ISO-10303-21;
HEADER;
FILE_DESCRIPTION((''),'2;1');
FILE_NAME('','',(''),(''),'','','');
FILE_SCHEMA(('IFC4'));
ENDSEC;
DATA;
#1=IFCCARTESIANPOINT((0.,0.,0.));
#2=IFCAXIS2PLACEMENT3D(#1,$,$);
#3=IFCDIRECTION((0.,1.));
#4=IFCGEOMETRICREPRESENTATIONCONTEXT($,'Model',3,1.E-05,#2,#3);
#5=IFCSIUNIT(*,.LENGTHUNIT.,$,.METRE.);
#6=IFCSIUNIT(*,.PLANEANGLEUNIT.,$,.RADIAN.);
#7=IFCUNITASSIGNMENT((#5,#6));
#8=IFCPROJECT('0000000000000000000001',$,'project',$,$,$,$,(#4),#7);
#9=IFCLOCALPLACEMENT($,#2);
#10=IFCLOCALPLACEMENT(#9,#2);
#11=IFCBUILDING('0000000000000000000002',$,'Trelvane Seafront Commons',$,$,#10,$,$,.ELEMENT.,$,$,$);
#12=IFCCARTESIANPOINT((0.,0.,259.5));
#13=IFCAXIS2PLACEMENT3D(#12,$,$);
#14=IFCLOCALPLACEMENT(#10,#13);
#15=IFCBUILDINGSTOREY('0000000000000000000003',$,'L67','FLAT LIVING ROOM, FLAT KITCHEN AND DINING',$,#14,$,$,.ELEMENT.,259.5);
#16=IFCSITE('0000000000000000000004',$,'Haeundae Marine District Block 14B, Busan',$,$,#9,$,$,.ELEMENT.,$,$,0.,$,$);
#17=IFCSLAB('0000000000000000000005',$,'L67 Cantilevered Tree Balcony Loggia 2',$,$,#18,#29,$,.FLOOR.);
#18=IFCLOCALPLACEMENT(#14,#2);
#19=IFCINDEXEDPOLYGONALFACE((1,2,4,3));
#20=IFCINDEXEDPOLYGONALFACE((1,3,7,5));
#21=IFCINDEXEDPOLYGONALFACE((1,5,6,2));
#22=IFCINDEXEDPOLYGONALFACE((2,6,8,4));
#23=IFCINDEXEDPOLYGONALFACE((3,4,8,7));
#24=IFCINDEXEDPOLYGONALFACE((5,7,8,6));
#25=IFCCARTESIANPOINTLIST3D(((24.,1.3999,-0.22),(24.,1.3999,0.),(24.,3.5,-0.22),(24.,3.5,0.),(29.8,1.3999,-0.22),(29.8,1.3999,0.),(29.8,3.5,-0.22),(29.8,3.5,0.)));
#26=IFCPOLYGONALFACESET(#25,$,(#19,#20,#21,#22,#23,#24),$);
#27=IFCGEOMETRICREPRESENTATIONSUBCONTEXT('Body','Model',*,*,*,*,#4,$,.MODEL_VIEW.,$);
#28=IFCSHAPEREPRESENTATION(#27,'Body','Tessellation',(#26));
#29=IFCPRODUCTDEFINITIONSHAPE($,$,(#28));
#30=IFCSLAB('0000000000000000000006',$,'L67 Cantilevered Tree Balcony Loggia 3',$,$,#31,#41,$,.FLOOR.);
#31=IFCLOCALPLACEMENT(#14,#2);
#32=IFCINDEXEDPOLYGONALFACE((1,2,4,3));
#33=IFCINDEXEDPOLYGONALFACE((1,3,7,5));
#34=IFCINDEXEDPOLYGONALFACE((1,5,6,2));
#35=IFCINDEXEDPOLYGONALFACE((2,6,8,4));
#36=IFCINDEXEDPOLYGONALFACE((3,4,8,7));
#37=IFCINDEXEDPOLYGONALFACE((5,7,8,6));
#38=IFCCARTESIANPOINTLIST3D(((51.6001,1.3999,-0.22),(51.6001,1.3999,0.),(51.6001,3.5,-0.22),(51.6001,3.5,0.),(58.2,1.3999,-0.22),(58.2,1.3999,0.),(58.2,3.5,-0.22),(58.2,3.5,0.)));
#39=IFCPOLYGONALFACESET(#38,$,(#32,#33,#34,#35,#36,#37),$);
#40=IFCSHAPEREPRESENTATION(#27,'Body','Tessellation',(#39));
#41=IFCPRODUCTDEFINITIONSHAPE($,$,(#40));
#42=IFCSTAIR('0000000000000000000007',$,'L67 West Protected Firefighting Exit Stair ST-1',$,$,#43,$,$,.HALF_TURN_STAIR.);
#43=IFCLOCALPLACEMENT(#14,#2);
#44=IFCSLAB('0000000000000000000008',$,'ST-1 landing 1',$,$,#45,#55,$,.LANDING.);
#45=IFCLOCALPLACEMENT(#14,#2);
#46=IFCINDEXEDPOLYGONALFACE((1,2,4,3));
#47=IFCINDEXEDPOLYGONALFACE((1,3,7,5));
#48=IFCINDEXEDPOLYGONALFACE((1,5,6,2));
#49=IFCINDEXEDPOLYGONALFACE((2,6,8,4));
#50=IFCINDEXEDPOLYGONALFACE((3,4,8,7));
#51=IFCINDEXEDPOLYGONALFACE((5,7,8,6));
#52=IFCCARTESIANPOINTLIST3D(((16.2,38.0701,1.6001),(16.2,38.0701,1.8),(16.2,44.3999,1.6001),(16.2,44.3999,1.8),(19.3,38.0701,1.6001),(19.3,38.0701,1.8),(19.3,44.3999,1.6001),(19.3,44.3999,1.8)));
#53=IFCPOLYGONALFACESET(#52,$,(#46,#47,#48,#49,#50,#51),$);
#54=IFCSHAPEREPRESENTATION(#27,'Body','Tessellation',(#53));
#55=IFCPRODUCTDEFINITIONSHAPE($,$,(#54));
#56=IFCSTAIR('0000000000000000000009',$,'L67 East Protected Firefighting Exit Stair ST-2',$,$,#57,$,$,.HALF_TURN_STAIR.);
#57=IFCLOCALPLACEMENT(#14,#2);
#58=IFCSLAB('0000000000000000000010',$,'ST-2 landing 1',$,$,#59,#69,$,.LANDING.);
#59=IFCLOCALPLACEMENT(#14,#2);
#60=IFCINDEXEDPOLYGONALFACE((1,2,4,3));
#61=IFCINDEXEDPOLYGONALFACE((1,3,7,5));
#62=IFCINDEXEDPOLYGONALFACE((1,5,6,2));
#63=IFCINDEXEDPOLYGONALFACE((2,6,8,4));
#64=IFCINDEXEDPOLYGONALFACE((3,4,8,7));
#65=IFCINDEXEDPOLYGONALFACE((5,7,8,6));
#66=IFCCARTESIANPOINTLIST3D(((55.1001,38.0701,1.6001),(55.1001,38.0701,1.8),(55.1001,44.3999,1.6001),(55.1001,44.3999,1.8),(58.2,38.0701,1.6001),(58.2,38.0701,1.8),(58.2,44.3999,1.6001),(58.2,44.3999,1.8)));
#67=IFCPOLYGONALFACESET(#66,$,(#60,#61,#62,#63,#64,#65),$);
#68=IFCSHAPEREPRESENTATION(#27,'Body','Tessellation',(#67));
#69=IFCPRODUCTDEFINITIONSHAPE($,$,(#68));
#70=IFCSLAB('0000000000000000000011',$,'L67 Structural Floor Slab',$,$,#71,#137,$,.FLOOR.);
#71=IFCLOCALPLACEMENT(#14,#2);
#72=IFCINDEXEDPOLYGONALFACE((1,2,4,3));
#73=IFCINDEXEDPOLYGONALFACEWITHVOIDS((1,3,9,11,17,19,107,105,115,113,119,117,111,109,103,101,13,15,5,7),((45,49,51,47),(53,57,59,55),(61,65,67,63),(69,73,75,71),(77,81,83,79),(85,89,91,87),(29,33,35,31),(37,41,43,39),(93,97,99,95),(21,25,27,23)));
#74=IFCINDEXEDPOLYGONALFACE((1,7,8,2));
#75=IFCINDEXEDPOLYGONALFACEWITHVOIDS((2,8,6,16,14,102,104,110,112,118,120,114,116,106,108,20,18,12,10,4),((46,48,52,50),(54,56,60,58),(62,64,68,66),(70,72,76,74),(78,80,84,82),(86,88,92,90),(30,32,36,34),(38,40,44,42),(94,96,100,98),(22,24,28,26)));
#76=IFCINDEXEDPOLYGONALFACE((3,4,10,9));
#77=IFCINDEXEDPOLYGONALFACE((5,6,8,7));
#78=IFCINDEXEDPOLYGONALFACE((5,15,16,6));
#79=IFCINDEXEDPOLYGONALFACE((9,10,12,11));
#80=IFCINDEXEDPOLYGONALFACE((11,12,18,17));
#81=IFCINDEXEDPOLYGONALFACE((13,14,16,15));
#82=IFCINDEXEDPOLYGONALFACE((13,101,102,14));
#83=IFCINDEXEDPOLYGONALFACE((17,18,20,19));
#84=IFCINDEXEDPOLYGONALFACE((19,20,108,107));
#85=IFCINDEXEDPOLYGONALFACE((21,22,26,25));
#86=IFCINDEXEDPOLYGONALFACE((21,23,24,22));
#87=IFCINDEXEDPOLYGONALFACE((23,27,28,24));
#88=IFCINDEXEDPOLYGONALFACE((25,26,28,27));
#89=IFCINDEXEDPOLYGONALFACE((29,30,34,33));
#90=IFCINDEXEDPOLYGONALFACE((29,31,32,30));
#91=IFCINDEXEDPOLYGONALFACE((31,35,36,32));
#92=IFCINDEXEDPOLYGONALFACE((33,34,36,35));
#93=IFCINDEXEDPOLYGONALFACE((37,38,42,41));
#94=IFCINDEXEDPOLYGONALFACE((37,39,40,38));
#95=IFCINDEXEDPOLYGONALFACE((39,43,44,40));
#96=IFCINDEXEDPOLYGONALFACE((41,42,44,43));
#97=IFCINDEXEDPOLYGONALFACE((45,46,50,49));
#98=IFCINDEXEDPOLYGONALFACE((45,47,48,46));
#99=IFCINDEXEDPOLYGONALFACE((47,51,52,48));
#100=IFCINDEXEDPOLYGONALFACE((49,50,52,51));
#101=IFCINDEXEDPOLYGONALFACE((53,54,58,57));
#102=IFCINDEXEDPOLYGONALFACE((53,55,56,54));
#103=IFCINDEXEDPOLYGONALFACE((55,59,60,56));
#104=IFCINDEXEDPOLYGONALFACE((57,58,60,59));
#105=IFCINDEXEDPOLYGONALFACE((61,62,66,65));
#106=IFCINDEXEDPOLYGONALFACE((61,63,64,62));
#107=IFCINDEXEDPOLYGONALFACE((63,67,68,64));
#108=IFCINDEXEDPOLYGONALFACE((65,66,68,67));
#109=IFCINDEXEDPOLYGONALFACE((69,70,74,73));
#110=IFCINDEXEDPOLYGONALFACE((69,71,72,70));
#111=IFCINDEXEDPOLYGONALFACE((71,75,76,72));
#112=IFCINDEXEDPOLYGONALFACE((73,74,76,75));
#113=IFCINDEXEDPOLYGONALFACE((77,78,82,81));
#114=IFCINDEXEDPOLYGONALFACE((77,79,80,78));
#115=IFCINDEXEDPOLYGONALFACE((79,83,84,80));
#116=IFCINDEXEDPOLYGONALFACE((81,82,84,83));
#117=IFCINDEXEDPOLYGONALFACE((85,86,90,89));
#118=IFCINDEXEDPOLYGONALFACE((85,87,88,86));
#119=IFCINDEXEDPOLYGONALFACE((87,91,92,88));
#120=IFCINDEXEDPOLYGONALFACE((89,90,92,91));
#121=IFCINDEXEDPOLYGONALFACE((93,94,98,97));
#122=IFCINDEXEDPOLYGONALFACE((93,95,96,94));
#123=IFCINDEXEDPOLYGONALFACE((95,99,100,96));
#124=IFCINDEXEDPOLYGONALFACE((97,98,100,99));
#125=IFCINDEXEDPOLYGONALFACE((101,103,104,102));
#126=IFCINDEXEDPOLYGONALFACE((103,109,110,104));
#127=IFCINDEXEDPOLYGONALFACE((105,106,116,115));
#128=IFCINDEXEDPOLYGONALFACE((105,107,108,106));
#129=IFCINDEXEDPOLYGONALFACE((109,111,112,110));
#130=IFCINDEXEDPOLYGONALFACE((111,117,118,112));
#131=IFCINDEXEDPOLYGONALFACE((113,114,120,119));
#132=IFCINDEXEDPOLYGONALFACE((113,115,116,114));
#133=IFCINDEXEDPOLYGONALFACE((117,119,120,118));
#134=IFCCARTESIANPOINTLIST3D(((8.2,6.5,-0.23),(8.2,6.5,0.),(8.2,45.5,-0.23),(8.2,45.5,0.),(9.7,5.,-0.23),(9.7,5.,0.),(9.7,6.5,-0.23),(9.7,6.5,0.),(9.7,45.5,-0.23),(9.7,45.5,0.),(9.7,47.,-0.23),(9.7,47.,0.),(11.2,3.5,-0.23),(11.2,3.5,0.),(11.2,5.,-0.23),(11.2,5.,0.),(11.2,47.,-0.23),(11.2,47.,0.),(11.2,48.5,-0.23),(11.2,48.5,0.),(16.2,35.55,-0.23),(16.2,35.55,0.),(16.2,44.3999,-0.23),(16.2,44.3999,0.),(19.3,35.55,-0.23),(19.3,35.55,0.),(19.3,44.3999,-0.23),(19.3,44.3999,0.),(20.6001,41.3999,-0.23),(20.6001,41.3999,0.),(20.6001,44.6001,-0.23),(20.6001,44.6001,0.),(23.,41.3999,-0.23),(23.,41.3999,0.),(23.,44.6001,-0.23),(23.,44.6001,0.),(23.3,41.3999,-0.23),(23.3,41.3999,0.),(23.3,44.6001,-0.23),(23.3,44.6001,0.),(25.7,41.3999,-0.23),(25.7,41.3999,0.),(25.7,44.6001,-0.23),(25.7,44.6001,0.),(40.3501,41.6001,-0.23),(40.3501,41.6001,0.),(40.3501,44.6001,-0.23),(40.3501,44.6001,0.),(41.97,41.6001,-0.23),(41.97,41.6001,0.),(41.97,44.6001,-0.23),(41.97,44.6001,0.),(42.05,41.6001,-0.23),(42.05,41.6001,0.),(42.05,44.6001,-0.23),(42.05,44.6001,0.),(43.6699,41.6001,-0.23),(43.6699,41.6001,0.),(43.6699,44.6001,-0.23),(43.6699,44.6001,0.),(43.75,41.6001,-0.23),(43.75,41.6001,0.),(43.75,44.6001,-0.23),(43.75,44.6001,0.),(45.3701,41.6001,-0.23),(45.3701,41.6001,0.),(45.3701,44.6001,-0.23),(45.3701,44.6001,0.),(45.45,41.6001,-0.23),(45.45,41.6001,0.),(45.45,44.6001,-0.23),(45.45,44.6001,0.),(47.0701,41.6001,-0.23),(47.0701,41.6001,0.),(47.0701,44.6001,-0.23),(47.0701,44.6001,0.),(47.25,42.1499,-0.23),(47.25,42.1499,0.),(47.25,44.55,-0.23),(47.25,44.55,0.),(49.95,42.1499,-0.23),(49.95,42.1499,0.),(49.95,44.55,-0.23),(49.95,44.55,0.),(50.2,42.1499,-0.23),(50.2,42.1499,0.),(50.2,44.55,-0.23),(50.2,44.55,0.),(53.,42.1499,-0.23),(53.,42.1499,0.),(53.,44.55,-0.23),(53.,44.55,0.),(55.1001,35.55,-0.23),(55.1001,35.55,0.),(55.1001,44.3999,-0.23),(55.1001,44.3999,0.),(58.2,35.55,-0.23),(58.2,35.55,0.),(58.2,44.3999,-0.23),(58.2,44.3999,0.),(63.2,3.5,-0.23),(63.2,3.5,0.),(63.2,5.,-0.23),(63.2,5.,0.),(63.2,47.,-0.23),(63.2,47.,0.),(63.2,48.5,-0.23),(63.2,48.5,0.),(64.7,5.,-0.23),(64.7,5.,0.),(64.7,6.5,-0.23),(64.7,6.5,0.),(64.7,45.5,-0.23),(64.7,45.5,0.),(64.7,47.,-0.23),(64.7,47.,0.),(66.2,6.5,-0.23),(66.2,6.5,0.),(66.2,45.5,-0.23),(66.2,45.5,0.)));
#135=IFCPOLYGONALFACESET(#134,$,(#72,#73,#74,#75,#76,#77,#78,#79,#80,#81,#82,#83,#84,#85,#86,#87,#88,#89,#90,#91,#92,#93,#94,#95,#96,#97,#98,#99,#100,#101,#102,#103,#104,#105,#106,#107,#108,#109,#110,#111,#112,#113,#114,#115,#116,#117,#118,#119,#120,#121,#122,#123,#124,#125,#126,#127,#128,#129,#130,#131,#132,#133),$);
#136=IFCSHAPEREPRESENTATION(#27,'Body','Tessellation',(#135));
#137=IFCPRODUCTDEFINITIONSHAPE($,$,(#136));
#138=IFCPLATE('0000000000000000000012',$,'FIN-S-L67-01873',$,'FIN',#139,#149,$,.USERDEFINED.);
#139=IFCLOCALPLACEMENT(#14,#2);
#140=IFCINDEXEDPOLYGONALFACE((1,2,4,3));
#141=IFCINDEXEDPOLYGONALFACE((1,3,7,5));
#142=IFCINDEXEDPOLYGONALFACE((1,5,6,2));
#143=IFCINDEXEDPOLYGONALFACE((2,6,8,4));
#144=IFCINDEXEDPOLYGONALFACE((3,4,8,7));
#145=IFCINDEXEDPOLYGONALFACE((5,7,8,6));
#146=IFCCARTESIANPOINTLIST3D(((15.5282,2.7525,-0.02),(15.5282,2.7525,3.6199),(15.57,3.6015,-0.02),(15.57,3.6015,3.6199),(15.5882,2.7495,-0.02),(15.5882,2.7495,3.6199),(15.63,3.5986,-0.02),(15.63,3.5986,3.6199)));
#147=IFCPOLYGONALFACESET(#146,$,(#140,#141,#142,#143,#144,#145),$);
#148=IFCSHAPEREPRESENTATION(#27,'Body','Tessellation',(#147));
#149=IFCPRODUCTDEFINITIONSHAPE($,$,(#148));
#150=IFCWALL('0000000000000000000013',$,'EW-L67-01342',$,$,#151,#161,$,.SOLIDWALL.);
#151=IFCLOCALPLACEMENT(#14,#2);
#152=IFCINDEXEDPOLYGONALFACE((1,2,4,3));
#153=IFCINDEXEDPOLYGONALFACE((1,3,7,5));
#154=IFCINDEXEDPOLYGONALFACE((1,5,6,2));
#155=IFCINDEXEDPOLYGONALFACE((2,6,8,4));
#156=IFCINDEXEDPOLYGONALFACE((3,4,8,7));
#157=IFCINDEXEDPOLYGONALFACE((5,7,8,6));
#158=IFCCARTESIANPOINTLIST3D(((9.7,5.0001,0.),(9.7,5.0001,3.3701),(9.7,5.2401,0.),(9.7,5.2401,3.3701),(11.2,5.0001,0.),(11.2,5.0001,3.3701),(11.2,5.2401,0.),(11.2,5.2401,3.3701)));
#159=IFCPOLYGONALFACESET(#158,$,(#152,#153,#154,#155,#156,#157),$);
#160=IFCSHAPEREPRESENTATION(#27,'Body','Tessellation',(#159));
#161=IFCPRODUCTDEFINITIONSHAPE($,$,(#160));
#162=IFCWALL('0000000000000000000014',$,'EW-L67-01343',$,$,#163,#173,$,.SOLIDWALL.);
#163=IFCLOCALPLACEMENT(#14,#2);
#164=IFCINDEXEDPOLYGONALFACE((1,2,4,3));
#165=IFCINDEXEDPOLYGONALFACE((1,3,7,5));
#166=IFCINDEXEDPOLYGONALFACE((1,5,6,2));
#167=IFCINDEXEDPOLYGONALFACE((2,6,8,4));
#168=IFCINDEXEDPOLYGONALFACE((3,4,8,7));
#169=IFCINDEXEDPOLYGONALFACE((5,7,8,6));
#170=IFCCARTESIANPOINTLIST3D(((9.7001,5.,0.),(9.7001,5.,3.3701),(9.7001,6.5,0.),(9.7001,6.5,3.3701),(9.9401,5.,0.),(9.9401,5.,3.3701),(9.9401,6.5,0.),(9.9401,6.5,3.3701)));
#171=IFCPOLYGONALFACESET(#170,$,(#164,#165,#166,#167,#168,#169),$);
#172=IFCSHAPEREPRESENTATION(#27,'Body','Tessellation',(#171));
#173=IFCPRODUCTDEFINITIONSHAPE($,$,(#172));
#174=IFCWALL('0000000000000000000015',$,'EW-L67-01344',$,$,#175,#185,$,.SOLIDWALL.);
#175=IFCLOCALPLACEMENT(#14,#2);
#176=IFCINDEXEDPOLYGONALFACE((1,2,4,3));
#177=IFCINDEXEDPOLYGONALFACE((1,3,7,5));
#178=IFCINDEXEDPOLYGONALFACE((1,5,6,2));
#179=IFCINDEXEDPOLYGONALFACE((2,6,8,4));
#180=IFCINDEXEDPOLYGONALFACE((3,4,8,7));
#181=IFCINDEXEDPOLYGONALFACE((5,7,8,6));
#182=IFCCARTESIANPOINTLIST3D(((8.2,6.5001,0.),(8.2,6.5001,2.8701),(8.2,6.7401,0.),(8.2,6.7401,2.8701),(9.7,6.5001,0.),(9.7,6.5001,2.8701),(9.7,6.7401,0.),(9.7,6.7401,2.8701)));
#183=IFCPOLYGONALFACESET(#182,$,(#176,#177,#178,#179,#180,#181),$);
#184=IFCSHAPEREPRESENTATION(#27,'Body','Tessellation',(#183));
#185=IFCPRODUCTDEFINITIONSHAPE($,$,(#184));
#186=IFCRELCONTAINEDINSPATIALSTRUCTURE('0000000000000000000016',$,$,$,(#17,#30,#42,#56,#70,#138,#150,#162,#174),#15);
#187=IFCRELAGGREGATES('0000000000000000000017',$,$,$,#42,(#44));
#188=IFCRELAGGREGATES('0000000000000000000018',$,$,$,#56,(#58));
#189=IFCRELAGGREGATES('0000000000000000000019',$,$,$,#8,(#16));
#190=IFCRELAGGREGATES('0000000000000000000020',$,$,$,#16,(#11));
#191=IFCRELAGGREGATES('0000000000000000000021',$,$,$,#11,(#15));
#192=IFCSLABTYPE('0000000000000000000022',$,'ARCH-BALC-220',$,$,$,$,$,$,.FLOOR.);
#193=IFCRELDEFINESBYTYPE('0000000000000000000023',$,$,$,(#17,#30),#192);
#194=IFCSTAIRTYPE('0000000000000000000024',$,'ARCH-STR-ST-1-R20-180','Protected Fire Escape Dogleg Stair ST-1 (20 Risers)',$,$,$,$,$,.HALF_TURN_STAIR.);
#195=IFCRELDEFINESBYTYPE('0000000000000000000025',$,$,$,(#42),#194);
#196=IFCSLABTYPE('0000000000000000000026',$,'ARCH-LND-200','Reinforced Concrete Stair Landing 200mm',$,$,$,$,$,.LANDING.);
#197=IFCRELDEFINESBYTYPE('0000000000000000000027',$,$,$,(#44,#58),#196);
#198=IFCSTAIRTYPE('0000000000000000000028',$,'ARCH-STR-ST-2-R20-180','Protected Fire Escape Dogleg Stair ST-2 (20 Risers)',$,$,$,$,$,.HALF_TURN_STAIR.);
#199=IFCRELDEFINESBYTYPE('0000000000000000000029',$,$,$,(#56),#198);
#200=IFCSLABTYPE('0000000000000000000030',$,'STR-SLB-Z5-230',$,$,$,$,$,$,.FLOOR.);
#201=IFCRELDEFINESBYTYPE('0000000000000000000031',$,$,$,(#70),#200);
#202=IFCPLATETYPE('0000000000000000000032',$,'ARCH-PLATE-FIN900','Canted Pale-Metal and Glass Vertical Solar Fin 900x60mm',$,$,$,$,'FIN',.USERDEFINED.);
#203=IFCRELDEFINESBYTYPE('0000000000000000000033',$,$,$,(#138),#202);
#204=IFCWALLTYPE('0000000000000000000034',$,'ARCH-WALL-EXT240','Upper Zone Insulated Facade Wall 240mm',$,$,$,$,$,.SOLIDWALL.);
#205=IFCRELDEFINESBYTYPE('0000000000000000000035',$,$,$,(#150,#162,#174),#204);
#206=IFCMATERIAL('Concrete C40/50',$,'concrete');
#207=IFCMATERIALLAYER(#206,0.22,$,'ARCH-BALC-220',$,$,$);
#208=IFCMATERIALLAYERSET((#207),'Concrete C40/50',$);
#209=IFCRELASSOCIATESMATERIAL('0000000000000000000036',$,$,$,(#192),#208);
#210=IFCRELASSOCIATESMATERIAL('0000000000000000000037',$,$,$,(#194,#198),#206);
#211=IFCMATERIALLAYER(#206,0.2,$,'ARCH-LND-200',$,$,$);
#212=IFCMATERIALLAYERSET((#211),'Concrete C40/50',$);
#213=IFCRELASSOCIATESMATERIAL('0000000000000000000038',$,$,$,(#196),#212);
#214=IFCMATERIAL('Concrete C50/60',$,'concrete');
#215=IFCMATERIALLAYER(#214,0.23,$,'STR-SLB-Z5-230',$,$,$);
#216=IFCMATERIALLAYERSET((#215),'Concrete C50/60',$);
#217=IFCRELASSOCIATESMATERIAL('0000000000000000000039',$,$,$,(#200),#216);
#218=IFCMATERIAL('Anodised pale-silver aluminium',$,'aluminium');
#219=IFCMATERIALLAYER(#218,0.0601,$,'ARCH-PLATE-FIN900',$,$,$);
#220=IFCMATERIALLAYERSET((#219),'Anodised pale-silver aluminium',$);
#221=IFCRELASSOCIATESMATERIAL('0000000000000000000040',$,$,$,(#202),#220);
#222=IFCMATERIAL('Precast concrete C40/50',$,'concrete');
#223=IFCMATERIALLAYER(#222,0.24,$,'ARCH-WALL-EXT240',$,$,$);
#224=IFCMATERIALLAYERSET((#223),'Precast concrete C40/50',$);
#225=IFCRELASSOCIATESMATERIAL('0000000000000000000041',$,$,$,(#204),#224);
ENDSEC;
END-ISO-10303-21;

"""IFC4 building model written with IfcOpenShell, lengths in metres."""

from ifc_helpers import new_model, si_unit, direction, frame, frame_2d, origin, origin_2d, place, context, subcontext, project, spatial, polyline, rectangle, outline, extrude, source, transform, mapped, material, layer, layer_set, type_object, element, aggregate, save


model = new_model("IFC4")

# Units and contexts
model_context = context("Model", 3, precision=1e-05, world=origin(), true_north=direction((0.0, 1.0)))
body_context = subcontext(model_context, "Body", "Model", "MODEL_VIEW")
ifc_project = project(units=[si_unit("LENGTHUNIT", "METRE"), si_unit("PLANEANGLEUNIT", "RADIAN")], contexts=[model_context])

# Site, building, storey
site_placement = place(None, origin())
site = spatial("IfcSite", under=ifc_project, at=site_placement, Name="Haeundae Marine District Block 14B, Busan", CompositionType="ELEMENT", RefElevation=0.0)
building_placement = place(site_placement, origin())
building = spatial("IfcBuilding", under=site, at=building_placement, Name="Trelvane Seafront Commons", CompositionType="ELEMENT")
storey_placement = place(building_placement, frame((0.0, 0.0, 259.5)))
storey = spatial("IfcBuildingStorey", under=building, at=storey_placement, Name="L67", Description="FLAT LIVING ROOM, FLAT KITCHEN AND DINING", CompositionType="ELEMENT", Elevation=259.5)

# Slabs
ifc_material_1 = material(Name="Concrete C40/50", Category="concrete")
ifc_layer_1 = layer(ifc_material_1, 0.22, Name="ARCH-BALC-220")
ifc_layer_set_1 = layer_set([ifc_layer_1], Name="Concrete C40/50")
slab_type_1 = type_object("IfcSlabType", Name="ARCH-BALC-220", PredefinedType="FLOOR", material=ifc_layer_set_1)
slab_1_placement = place(storey_placement, frame((0.0, 0.0, -0.22)))
element("IfcSlab", 1, at=slab_1_placement, inside=storey, type_object=slab_type_1, Name="L67 Cantilevered Tree Balcony Loggia 2", PredefinedType="FLOOR", context=body_context, shape_type="SweptSolid", body=[
    extrude(outline(polyline([(24.0, 1.3999), (29.8, 1.3999), (29.8, 3.5), (24.0, 3.5), (24.0, 1.3999)])), origin(), (0.0, 0.0, 1.0), 0.22),
])
slab_2_placement = place(storey_placement, frame((0.0, 0.0, -0.22)))
element("IfcSlab", 2, at=slab_2_placement, inside=storey, type_object=slab_type_1, Name="L67 Cantilevered Tree Balcony Loggia 3", PredefinedType="FLOOR", context=body_context, shape_type="SweptSolid", body=[
    extrude(outline(polyline([(51.6001, 1.3999), (58.2, 1.3999), (58.2, 3.5), (51.6001, 3.5), (51.6001, 1.3999)])), origin(), (0.0, 0.0, 1.0), 0.22),
])

# Stairs, slabs
stair_type_1 = type_object("IfcStairType", Name="ARCH-STR-ST-1-R20-180", Description="Protected Fire Escape Dogleg Stair ST-1 (20 Risers)", PredefinedType="HALF_TURN_STAIR", material=ifc_material_1)
stair_1_placement = place(storey_placement, origin())
stair_1 = element("IfcStair", 3, at=stair_1_placement, inside=storey, type_object=stair_type_1, Name="L67 West Protected Firefighting Exit Stair ST-1", PredefinedType="HALF_TURN_STAIR")
ifc_layer_2 = layer(ifc_material_1, 0.2, Name="ARCH-LND-200")
ifc_layer_set_2 = layer_set([ifc_layer_2], Name="Concrete C40/50")
slab_type_2 = type_object("IfcSlabType", Name="ARCH-LND-200", Description="Reinforced Concrete Stair Landing 200mm", PredefinedType="LANDING", material=ifc_layer_set_2)
slab_3_placement = place(storey_placement, frame((0.0, 0.0, 1.6001)))
slab_3 = element("IfcSlab", 4, at=slab_3_placement, type_object=slab_type_2, Name="ST-1 landing 1", PredefinedType="LANDING", context=body_context, shape_type="SweptSolid", body=[
    extrude(outline(polyline([(19.3, 38.0701), (19.3, 44.3999), (16.2, 44.3999), (16.2, 38.0701), (19.3, 38.0701)])), origin(), (0.0, 0.0, 1.0), 0.2),
])
aggregate(stair_1, [slab_3])
stair_type_2 = type_object("IfcStairType", Name="ARCH-STR-ST-2-R20-180", Description="Protected Fire Escape Dogleg Stair ST-2 (20 Risers)", PredefinedType="HALF_TURN_STAIR", material=ifc_material_1)
stair_2_placement = place(storey_placement, origin())
stair_2 = element("IfcStair", 5, at=stair_2_placement, inside=storey, type_object=stair_type_2, Name="L67 East Protected Firefighting Exit Stair ST-2", PredefinedType="HALF_TURN_STAIR")
slab_4_placement = place(storey_placement, frame((0.0, 0.0, 1.6001)))
slab_4 = element("IfcSlab", 6, at=slab_4_placement, type_object=slab_type_2, Name="ST-2 landing 1", PredefinedType="LANDING", context=body_context, shape_type="SweptSolid", body=[
    extrude(outline(polyline([(58.2, 38.0701), (58.2, 44.3999), (55.1001, 44.3999), (55.1001, 38.0701), (58.2, 38.0701)])), origin(), (0.0, 0.0, 1.0), 0.2),
])
aggregate(stair_2, [slab_4])

# Slab
ifc_material_2 = material(Name="Concrete C50/60", Category="concrete")
ifc_layer_3 = layer(ifc_material_2, 0.23, Name="STR-SLB-Z5-230")
ifc_layer_set_3 = layer_set([ifc_layer_3], Name="Concrete C50/60")
slab_type_3 = type_object("IfcSlabType", Name="STR-SLB-Z5-230", PredefinedType="FLOOR", material=ifc_layer_set_3)
slab_5_placement = place(storey_placement, frame((0.0, 0.0, -0.23)))
element("IfcSlab", 7, at=slab_5_placement, inside=storey, type_object=slab_type_3, Name="L67 Structural Floor Slab", PredefinedType="FLOOR", context=body_context, shape_type="SweptSolid", body=[
    extrude(outline(polyline([(11.2, 3.5), (63.2, 3.5), (63.2, 5.0), (64.7, 5.0), (64.7, 6.5), (66.2, 6.5), (66.2, 45.5), (64.7, 45.5), (64.7, 47.0), (63.2, 47.0), (63.2, 48.5), (11.2, 48.5), (11.2, 47.0), (9.7, 47.0), (9.7, 45.5), (8.2, 45.5), (8.2, 6.5), (9.7, 6.5), (9.7, 5.0), (11.2, 5.0), (11.2, 3.5)]), holes=[polyline([(19.3, 35.55), (16.2, 35.55), (16.2, 44.3999), (19.3, 44.3999), (19.3, 35.55)]), polyline([(58.2, 35.55), (55.1001, 35.55), (55.1001, 44.3999), (58.2, 44.3999), (58.2, 35.55)]), polyline([(23.0, 41.3999), (20.6001, 41.3999), (20.6001, 44.6001), (23.0, 44.6001), (23.0, 41.3999)]), polyline([(23.3, 41.3999), (23.3, 44.6001), (25.7, 44.6001), (25.7, 41.3999), (23.3, 41.3999)]), polyline([(40.3501, 41.6001), (40.3501, 44.6001), (41.97, 44.6001), (41.97, 41.6001), (40.3501, 41.6001)]), polyline([(43.6699, 41.6001), (42.05, 41.6001), (42.05, 44.6001), (43.6699, 44.6001), (43.6699, 41.6001)]), polyline([(45.3701, 41.6001), (43.75, 41.6001), (43.75, 44.6001), (45.3701, 44.6001), (45.3701, 41.6001)]), polyline([(47.0701, 41.6001), (45.45, 41.6001), (45.45, 44.6001), (47.0701, 44.6001), (47.0701, 41.6001)]), polyline([(47.25, 42.1499), (47.25, 44.55), (49.95, 44.55), (49.95, 42.1499), (47.25, 42.1499)]), polyline([(50.2, 42.1499), (50.2, 44.55), (53.0, 44.55), (53.0, 42.1499), (50.2, 42.1499)])]), origin(), (0.0, 0.0, 1.0), 0.23),
])

# Plate
ifc_material_3 = material(Name="Anodised pale-silver aluminium", Category="aluminium")
ifc_layer_4 = layer(ifc_material_3, 0.0601, Name="ARCH-PLATE-FIN900")
ifc_layer_set_4 = layer_set([ifc_layer_4], Name="Anodised pale-silver aluminium")
plate_type = type_object("IfcPlateType", Name="ARCH-PLATE-FIN900", Description="Canted Pale-Metal and Glass Vertical Solar Fin 900x60mm", ElementType="FIN", PredefinedType="USERDEFINED", material=ifc_layer_set_4)
shared_shape_1 = source(origin(), body_context, "Body", "SweptSolid", [
    extrude(rectangle(XDim=0.8501, YDim=0.0601, at=origin_2d()), origin(), (0.0, 0.0, 1.0), 3.6399),
])
plate_placement = place(storey_placement, frame((15.5791, 3.1755, -0.02), z_axis=(0.0, 0.0, 1.0), x_axis=(-0.049174, -0.99879, 0.0)))
element("IfcPlate", 8, at=plate_placement, inside=storey, type_object=plate_type, Name="FIN-S-L67-01873", ObjectType="FIN", PredefinedType="USERDEFINED", context=body_context, shape_type="MappedRepresentation", body=[
    mapped(shared_shape_1, transform((0.0, 0.0, 0.0), x_axis=(1.0, 0.0, 0.0), y_axis=(0.0, 1.0, 0.0), z_axis=(0.0, 0.0, 1.0), scale=1.0)),
])

# Walls
ifc_material_4 = material(Name="Precast concrete C40/50", Category="concrete")
ifc_layer_5 = layer(ifc_material_4, 0.24, Name="ARCH-WALL-EXT240")
ifc_layer_set_5 = layer_set([ifc_layer_5], Name="Precast concrete C40/50")
wall_type_1 = type_object("IfcWallType", Name="ARCH-WALL-EXT240", Description="Upper Zone Insulated Facade Wall 240mm", PredefinedType="SOLIDWALL", material=ifc_layer_set_5)
for number, where, z_axis, x_axis, name in (
    (9, (11.2, 5.1201, 0.0), (0.0, 0.0, 1.0), (-1.0, 0.0, 0.0), "EW-L67-01342"),
    (10, (9.8201, 5.0, 0.0), (0.0, 0.0, 1.0), (0.0, 1.0, 0.0), "EW-L67-01343"),
):
    element("IfcWall", number, at=place(storey_placement, frame(where, z_axis=z_axis, x_axis=x_axis)), inside=storey, type_object=wall_type_1, Name=name, PredefinedType="SOLIDWALL", context=body_context, shape_type="SweptSolid", body=[
        extrude(rectangle(XDim=1.5, YDim=0.24, at=frame_2d((0.75, 0.0))), origin(), (0.0, 0.0, 1.0), 3.3701),
    ])
wall_1_placement = place(storey_placement, frame((9.7, 6.6201, 0.0), z_axis=(0.0, 0.0, 1.0), x_axis=(-1.0, 0.0, 0.0)))
element("IfcWall", 11, at=wall_1_placement, inside=storey, type_object=wall_type_1, Name="EW-L67-01344", PredefinedType="SOLIDWALL", context=body_context, shape_type="SweptSolid", body=[
    extrude(rectangle(XDim=1.5, YDim=0.24, at=frame_2d((0.75, 0.0))), origin(), (0.0, 0.0, 1.0), 2.8701),
])

save(model, "model.ifc")
